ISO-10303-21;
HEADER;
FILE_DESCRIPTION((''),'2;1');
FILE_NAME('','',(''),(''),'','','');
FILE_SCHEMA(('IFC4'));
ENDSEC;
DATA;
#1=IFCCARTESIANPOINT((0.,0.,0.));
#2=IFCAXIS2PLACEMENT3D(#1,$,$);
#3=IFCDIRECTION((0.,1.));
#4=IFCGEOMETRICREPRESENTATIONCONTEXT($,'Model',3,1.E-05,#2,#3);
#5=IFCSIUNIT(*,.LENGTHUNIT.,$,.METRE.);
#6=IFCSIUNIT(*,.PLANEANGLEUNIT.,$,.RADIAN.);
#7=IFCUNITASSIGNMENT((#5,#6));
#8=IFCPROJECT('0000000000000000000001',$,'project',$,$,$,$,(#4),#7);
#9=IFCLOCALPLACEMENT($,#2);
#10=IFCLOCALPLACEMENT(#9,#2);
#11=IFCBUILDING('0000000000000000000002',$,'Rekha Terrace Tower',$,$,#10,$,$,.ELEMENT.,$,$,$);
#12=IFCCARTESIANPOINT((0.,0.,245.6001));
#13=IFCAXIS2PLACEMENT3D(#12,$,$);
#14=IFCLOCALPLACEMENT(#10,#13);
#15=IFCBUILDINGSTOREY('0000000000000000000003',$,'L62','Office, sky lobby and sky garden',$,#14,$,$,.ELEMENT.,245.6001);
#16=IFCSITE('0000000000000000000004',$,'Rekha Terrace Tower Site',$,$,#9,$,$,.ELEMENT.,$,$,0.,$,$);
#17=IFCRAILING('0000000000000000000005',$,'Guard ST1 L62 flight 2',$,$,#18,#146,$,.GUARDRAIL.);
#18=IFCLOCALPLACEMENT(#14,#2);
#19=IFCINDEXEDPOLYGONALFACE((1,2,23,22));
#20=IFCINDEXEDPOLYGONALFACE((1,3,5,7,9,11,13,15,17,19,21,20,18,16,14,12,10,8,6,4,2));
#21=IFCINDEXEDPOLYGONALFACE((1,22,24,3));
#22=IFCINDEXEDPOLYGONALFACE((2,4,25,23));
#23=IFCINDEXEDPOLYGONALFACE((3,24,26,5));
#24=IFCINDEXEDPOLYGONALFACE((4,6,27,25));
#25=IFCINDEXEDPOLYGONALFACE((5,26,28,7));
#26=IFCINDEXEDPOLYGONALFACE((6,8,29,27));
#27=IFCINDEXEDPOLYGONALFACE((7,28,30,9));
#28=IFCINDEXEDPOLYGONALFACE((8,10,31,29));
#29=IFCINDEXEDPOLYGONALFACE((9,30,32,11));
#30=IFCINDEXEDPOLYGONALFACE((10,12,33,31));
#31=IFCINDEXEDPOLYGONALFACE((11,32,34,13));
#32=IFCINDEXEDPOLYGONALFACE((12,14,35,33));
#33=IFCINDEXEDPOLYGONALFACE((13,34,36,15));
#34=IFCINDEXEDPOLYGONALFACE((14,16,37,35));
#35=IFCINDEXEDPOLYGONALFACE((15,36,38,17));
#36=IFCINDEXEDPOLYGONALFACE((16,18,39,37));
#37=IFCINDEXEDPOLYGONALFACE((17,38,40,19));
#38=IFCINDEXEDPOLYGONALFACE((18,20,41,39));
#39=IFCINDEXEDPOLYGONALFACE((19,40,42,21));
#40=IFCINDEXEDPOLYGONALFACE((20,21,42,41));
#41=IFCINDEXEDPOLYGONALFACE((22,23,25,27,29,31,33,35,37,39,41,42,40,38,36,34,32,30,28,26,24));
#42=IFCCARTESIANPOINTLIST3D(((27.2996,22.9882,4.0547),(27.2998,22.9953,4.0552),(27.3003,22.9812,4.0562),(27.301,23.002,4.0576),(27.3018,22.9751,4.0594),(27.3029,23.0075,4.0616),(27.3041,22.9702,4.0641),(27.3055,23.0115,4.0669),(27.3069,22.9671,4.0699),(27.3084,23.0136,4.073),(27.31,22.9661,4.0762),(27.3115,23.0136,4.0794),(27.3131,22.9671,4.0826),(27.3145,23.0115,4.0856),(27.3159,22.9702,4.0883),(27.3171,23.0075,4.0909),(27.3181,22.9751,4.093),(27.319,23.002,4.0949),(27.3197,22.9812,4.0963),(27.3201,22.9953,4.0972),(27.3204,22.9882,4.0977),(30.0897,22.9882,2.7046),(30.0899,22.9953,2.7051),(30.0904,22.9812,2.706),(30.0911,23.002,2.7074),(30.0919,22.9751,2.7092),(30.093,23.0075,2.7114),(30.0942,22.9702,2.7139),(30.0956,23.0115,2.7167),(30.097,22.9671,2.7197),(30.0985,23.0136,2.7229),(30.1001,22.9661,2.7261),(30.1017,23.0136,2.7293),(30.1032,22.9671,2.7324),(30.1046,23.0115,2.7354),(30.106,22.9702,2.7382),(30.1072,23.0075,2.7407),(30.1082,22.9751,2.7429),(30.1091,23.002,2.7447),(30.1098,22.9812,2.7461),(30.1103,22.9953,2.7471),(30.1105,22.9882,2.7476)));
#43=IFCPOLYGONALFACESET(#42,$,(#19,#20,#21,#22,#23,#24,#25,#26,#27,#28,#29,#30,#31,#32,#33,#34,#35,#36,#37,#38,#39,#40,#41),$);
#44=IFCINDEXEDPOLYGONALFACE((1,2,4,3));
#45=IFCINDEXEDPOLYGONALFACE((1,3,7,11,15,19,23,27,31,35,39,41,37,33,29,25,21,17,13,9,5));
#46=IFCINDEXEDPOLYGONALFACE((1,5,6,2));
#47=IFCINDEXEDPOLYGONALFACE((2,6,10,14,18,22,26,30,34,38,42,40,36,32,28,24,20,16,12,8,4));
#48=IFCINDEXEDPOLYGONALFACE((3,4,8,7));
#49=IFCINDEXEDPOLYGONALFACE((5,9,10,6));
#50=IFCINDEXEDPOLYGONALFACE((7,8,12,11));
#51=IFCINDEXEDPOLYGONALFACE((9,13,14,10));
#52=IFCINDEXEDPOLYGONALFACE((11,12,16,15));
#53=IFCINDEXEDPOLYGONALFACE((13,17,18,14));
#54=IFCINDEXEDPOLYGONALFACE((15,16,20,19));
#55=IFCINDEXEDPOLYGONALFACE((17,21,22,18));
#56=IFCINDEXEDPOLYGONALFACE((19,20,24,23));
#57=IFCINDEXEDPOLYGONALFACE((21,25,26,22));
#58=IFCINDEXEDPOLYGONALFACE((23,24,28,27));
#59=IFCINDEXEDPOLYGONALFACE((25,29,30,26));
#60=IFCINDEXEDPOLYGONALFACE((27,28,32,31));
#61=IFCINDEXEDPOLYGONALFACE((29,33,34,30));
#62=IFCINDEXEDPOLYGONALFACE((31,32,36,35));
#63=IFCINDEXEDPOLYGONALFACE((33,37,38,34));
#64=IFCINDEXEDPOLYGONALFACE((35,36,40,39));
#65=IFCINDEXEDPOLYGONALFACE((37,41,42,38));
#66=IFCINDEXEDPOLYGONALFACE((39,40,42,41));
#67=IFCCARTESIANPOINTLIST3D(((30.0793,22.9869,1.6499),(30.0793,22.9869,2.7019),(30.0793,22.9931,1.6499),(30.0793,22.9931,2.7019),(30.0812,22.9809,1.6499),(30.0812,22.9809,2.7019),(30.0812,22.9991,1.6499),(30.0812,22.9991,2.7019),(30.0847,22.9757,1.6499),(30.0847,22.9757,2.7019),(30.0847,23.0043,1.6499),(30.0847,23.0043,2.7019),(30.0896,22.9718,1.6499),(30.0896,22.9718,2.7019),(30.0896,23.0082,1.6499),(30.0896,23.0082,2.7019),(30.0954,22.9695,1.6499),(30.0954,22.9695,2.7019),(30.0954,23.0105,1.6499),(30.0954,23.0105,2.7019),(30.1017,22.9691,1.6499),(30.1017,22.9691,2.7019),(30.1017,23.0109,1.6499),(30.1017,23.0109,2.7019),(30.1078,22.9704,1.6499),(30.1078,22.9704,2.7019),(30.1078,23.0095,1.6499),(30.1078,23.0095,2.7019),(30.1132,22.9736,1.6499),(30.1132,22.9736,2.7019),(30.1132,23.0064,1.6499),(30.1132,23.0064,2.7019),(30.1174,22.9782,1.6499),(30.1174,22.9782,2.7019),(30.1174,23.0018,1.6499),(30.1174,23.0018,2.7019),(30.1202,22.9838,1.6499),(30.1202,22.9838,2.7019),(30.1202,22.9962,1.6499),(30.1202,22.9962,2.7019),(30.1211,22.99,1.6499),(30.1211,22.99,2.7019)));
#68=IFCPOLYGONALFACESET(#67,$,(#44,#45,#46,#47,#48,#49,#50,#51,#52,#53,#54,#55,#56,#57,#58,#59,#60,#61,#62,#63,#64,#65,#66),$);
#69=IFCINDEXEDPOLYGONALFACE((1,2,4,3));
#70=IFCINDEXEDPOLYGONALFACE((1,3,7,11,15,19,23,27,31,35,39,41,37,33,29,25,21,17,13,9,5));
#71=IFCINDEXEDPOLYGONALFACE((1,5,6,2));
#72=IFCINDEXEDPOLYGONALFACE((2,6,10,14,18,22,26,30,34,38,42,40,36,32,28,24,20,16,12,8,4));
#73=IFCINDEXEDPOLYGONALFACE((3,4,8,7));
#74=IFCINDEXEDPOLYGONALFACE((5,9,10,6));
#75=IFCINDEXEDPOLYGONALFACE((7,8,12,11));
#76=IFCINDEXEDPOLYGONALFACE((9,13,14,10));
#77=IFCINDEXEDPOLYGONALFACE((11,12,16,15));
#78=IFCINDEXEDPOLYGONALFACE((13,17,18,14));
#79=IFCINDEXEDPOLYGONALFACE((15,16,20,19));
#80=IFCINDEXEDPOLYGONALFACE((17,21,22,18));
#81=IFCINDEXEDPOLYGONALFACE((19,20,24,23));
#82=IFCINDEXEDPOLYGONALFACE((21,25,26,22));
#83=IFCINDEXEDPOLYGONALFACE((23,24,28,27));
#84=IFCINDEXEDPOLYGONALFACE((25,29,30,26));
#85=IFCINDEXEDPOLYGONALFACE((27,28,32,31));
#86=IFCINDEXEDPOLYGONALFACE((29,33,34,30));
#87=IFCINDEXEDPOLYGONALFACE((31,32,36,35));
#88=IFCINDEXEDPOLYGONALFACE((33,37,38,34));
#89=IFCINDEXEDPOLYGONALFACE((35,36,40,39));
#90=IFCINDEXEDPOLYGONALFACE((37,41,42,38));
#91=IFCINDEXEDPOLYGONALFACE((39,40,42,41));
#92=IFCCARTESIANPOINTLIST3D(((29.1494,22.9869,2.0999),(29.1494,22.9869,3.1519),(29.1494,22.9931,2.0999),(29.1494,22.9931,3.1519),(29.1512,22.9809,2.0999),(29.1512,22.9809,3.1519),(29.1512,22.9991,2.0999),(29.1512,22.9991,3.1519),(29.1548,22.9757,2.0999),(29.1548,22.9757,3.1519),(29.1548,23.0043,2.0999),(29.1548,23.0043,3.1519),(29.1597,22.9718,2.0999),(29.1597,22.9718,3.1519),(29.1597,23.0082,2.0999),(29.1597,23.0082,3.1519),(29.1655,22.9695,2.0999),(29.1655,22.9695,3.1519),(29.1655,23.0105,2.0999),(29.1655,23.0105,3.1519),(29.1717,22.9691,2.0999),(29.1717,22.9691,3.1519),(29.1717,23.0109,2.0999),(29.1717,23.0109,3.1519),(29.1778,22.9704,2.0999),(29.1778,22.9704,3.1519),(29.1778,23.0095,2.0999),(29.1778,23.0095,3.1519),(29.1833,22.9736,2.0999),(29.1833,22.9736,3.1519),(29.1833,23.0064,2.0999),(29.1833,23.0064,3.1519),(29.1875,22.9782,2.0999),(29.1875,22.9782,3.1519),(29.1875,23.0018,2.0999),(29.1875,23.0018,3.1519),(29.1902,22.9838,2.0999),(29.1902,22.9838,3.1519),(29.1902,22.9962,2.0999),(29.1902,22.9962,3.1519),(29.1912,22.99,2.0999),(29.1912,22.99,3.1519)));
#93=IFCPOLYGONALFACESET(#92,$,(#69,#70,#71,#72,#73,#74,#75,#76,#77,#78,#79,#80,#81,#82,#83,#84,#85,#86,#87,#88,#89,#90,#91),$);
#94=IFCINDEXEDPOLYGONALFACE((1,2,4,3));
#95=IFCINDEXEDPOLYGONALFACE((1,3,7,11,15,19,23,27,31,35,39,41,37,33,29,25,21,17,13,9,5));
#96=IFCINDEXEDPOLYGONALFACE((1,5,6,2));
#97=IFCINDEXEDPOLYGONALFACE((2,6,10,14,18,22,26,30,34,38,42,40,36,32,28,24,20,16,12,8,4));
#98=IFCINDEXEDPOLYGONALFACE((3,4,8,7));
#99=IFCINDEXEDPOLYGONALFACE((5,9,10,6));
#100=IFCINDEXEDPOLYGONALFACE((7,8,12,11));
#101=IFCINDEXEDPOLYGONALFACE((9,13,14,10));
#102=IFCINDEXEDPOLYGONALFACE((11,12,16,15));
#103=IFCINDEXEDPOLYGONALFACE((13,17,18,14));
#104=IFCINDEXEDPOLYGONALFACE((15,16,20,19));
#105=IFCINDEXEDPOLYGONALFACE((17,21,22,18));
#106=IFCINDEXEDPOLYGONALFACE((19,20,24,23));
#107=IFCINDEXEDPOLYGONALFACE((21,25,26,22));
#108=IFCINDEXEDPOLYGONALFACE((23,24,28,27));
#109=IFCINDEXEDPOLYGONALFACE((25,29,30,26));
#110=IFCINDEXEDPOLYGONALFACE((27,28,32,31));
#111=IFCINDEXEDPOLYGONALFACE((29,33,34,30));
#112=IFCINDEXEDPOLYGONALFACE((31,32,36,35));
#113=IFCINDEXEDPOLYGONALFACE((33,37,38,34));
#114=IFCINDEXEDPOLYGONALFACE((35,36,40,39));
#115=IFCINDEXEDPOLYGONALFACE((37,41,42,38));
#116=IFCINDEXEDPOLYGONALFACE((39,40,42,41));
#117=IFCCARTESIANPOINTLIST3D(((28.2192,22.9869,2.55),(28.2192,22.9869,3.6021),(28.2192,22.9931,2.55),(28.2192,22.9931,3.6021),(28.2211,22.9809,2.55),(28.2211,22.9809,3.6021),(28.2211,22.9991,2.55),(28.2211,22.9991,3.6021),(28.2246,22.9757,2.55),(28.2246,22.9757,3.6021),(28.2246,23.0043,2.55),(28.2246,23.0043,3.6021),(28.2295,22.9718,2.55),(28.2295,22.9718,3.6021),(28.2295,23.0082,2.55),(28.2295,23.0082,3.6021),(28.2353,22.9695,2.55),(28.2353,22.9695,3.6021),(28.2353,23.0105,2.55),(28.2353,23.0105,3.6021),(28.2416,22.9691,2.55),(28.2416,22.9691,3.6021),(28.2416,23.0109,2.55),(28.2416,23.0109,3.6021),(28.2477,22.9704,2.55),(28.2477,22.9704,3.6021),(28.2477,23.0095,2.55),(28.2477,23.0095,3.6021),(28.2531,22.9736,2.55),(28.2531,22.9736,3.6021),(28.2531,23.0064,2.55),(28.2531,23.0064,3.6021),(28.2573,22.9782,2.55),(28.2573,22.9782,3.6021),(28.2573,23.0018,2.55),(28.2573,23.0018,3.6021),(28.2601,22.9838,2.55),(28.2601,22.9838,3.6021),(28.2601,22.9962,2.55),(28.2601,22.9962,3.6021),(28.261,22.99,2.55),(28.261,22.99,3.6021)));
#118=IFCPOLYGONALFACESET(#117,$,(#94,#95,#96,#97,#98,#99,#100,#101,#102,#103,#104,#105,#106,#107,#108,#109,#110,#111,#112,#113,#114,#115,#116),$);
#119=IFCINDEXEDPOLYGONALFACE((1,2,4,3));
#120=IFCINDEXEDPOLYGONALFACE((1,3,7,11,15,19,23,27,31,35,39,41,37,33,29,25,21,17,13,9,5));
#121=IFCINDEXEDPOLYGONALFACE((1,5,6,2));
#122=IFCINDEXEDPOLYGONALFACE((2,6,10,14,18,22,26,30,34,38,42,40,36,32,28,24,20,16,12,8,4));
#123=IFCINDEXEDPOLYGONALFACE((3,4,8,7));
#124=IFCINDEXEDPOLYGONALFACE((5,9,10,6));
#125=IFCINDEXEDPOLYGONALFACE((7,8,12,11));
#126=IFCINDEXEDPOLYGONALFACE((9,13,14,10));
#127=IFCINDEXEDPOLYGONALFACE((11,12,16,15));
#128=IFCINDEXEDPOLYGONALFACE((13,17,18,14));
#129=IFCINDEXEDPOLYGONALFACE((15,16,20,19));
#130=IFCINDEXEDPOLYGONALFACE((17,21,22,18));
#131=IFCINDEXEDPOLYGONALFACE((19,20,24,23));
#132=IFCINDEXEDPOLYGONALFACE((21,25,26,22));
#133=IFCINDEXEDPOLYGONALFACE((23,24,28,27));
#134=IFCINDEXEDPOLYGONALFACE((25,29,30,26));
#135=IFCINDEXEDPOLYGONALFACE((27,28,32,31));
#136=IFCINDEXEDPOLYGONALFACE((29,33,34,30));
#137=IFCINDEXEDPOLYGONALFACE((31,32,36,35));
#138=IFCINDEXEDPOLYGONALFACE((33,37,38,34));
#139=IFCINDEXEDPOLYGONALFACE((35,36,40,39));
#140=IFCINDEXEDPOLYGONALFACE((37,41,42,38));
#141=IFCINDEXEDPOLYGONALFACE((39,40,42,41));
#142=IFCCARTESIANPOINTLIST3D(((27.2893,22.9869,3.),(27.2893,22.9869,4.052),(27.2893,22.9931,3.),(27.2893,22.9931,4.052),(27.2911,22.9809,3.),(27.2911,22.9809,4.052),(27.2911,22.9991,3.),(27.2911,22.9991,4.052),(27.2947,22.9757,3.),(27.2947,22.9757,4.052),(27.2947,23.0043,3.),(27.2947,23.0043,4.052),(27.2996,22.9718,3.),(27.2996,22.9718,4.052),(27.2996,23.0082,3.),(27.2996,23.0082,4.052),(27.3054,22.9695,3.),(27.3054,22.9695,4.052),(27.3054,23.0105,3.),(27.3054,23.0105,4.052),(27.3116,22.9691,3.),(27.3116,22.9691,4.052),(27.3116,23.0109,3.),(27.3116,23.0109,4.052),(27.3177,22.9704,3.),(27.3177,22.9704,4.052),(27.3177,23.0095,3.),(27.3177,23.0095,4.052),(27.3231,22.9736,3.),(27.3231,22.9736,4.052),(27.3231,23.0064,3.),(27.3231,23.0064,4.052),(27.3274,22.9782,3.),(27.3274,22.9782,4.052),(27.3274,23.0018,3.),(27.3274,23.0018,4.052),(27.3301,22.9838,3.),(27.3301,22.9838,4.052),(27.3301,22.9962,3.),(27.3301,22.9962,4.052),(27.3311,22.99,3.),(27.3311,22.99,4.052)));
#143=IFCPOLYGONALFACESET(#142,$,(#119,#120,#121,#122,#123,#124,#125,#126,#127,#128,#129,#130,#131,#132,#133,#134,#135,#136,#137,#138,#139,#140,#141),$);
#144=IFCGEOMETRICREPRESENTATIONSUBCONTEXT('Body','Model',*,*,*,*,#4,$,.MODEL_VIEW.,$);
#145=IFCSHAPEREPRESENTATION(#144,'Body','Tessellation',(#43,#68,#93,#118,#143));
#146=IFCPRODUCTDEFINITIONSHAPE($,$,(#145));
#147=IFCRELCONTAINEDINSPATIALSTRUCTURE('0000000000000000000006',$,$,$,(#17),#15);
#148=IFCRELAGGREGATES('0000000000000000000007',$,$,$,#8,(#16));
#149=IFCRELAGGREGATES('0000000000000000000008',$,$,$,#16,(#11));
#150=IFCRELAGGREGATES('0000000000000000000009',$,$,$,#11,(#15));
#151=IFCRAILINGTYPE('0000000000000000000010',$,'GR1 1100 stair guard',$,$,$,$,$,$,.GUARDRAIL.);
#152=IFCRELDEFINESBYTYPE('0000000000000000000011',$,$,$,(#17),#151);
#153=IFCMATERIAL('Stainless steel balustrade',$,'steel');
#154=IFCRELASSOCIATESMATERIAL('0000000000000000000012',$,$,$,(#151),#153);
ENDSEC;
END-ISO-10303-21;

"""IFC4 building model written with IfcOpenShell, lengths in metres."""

from ifc_helpers import new_model, si_unit, direction, frame, origin, origin_2d, place, context, subcontext, project, spatial, circle, extrude, material, type_object, element, save


model = new_model("IFC4")

# Units and contexts
model_context = context("Model", 3, precision=1e-05, world=origin(), true_north=direction((0.0, 1.0)))
body_context = subcontext(model_context, "Body", "Model", "MODEL_VIEW")
ifc_project = project(units=[si_unit("LENGTHUNIT", "METRE"), si_unit("PLANEANGLEUNIT", "RADIAN")], contexts=[model_context])

# Site, building, storey
site_placement = place(None, origin())
site = spatial("IfcSite", under=ifc_project, at=site_placement, Name="Rekha Terrace Tower Site", CompositionType="ELEMENT", RefElevation=0.0)
building_placement = place(site_placement, origin())
building = spatial("IfcBuilding", under=site, at=building_placement, Name="Rekha Terrace Tower", CompositionType="ELEMENT")
storey_placement = place(building_placement, frame((0.0, 0.0, 245.6001)))
storey = spatial("IfcBuildingStorey", under=building, at=storey_placement, Name="L62", Description="Office, sky lobby and sky garden", CompositionType="ELEMENT", Elevation=245.6001)

# Railing
ifc_material_1 = material(Name="Stainless steel balustrade", Category="steel")
railing_type_1 = type_object("IfcRailingType", Name="GR1 1100 stair guard", PredefinedType="GUARDRAIL", material=ifc_material_1)
railing_1_placement = place(storey_placement, frame((30.1001, 22.99, 1.6499)))
element("IfcRailing", 1, at=railing_1_placement, inside=storey, type_object=railing_type_1, Name="Guard ST1 L62 flight 2", PredefinedType="GUARDRAIL", context=body_context, shape_type="SweptSolid", body=[
    extrude(circle(Radius=0.0239, at=origin_2d()), frame((0.0, 0.0, 1.0762), z_axis=(-0.900149, 0.0, 0.435582), x_axis=(0.0, -1.0, 0.0)), (0.0, 0.0, 1.0), 3.0996),
    extrude(circle(Radius=0.021, at=origin_2d()), origin(), (0.0, 0.0, 1.0), 1.052),
    extrude(circle(Radius=0.021, at=origin_2d()), frame((-0.9299, 0.0, 0.45)), (0.0, 0.0, 1.0), 1.052),
    extrude(circle(Radius=0.021, at=origin_2d()), frame((-1.8601, 0.0, 0.9001)), (0.0, 0.0, 1.0), 1.052),
    extrude(circle(Radius=0.021, at=origin_2d()), frame((-2.79, 0.0, 1.3501)), (0.0, 0.0, 1.0), 1.052),
])

save(model, "model.ifc")
